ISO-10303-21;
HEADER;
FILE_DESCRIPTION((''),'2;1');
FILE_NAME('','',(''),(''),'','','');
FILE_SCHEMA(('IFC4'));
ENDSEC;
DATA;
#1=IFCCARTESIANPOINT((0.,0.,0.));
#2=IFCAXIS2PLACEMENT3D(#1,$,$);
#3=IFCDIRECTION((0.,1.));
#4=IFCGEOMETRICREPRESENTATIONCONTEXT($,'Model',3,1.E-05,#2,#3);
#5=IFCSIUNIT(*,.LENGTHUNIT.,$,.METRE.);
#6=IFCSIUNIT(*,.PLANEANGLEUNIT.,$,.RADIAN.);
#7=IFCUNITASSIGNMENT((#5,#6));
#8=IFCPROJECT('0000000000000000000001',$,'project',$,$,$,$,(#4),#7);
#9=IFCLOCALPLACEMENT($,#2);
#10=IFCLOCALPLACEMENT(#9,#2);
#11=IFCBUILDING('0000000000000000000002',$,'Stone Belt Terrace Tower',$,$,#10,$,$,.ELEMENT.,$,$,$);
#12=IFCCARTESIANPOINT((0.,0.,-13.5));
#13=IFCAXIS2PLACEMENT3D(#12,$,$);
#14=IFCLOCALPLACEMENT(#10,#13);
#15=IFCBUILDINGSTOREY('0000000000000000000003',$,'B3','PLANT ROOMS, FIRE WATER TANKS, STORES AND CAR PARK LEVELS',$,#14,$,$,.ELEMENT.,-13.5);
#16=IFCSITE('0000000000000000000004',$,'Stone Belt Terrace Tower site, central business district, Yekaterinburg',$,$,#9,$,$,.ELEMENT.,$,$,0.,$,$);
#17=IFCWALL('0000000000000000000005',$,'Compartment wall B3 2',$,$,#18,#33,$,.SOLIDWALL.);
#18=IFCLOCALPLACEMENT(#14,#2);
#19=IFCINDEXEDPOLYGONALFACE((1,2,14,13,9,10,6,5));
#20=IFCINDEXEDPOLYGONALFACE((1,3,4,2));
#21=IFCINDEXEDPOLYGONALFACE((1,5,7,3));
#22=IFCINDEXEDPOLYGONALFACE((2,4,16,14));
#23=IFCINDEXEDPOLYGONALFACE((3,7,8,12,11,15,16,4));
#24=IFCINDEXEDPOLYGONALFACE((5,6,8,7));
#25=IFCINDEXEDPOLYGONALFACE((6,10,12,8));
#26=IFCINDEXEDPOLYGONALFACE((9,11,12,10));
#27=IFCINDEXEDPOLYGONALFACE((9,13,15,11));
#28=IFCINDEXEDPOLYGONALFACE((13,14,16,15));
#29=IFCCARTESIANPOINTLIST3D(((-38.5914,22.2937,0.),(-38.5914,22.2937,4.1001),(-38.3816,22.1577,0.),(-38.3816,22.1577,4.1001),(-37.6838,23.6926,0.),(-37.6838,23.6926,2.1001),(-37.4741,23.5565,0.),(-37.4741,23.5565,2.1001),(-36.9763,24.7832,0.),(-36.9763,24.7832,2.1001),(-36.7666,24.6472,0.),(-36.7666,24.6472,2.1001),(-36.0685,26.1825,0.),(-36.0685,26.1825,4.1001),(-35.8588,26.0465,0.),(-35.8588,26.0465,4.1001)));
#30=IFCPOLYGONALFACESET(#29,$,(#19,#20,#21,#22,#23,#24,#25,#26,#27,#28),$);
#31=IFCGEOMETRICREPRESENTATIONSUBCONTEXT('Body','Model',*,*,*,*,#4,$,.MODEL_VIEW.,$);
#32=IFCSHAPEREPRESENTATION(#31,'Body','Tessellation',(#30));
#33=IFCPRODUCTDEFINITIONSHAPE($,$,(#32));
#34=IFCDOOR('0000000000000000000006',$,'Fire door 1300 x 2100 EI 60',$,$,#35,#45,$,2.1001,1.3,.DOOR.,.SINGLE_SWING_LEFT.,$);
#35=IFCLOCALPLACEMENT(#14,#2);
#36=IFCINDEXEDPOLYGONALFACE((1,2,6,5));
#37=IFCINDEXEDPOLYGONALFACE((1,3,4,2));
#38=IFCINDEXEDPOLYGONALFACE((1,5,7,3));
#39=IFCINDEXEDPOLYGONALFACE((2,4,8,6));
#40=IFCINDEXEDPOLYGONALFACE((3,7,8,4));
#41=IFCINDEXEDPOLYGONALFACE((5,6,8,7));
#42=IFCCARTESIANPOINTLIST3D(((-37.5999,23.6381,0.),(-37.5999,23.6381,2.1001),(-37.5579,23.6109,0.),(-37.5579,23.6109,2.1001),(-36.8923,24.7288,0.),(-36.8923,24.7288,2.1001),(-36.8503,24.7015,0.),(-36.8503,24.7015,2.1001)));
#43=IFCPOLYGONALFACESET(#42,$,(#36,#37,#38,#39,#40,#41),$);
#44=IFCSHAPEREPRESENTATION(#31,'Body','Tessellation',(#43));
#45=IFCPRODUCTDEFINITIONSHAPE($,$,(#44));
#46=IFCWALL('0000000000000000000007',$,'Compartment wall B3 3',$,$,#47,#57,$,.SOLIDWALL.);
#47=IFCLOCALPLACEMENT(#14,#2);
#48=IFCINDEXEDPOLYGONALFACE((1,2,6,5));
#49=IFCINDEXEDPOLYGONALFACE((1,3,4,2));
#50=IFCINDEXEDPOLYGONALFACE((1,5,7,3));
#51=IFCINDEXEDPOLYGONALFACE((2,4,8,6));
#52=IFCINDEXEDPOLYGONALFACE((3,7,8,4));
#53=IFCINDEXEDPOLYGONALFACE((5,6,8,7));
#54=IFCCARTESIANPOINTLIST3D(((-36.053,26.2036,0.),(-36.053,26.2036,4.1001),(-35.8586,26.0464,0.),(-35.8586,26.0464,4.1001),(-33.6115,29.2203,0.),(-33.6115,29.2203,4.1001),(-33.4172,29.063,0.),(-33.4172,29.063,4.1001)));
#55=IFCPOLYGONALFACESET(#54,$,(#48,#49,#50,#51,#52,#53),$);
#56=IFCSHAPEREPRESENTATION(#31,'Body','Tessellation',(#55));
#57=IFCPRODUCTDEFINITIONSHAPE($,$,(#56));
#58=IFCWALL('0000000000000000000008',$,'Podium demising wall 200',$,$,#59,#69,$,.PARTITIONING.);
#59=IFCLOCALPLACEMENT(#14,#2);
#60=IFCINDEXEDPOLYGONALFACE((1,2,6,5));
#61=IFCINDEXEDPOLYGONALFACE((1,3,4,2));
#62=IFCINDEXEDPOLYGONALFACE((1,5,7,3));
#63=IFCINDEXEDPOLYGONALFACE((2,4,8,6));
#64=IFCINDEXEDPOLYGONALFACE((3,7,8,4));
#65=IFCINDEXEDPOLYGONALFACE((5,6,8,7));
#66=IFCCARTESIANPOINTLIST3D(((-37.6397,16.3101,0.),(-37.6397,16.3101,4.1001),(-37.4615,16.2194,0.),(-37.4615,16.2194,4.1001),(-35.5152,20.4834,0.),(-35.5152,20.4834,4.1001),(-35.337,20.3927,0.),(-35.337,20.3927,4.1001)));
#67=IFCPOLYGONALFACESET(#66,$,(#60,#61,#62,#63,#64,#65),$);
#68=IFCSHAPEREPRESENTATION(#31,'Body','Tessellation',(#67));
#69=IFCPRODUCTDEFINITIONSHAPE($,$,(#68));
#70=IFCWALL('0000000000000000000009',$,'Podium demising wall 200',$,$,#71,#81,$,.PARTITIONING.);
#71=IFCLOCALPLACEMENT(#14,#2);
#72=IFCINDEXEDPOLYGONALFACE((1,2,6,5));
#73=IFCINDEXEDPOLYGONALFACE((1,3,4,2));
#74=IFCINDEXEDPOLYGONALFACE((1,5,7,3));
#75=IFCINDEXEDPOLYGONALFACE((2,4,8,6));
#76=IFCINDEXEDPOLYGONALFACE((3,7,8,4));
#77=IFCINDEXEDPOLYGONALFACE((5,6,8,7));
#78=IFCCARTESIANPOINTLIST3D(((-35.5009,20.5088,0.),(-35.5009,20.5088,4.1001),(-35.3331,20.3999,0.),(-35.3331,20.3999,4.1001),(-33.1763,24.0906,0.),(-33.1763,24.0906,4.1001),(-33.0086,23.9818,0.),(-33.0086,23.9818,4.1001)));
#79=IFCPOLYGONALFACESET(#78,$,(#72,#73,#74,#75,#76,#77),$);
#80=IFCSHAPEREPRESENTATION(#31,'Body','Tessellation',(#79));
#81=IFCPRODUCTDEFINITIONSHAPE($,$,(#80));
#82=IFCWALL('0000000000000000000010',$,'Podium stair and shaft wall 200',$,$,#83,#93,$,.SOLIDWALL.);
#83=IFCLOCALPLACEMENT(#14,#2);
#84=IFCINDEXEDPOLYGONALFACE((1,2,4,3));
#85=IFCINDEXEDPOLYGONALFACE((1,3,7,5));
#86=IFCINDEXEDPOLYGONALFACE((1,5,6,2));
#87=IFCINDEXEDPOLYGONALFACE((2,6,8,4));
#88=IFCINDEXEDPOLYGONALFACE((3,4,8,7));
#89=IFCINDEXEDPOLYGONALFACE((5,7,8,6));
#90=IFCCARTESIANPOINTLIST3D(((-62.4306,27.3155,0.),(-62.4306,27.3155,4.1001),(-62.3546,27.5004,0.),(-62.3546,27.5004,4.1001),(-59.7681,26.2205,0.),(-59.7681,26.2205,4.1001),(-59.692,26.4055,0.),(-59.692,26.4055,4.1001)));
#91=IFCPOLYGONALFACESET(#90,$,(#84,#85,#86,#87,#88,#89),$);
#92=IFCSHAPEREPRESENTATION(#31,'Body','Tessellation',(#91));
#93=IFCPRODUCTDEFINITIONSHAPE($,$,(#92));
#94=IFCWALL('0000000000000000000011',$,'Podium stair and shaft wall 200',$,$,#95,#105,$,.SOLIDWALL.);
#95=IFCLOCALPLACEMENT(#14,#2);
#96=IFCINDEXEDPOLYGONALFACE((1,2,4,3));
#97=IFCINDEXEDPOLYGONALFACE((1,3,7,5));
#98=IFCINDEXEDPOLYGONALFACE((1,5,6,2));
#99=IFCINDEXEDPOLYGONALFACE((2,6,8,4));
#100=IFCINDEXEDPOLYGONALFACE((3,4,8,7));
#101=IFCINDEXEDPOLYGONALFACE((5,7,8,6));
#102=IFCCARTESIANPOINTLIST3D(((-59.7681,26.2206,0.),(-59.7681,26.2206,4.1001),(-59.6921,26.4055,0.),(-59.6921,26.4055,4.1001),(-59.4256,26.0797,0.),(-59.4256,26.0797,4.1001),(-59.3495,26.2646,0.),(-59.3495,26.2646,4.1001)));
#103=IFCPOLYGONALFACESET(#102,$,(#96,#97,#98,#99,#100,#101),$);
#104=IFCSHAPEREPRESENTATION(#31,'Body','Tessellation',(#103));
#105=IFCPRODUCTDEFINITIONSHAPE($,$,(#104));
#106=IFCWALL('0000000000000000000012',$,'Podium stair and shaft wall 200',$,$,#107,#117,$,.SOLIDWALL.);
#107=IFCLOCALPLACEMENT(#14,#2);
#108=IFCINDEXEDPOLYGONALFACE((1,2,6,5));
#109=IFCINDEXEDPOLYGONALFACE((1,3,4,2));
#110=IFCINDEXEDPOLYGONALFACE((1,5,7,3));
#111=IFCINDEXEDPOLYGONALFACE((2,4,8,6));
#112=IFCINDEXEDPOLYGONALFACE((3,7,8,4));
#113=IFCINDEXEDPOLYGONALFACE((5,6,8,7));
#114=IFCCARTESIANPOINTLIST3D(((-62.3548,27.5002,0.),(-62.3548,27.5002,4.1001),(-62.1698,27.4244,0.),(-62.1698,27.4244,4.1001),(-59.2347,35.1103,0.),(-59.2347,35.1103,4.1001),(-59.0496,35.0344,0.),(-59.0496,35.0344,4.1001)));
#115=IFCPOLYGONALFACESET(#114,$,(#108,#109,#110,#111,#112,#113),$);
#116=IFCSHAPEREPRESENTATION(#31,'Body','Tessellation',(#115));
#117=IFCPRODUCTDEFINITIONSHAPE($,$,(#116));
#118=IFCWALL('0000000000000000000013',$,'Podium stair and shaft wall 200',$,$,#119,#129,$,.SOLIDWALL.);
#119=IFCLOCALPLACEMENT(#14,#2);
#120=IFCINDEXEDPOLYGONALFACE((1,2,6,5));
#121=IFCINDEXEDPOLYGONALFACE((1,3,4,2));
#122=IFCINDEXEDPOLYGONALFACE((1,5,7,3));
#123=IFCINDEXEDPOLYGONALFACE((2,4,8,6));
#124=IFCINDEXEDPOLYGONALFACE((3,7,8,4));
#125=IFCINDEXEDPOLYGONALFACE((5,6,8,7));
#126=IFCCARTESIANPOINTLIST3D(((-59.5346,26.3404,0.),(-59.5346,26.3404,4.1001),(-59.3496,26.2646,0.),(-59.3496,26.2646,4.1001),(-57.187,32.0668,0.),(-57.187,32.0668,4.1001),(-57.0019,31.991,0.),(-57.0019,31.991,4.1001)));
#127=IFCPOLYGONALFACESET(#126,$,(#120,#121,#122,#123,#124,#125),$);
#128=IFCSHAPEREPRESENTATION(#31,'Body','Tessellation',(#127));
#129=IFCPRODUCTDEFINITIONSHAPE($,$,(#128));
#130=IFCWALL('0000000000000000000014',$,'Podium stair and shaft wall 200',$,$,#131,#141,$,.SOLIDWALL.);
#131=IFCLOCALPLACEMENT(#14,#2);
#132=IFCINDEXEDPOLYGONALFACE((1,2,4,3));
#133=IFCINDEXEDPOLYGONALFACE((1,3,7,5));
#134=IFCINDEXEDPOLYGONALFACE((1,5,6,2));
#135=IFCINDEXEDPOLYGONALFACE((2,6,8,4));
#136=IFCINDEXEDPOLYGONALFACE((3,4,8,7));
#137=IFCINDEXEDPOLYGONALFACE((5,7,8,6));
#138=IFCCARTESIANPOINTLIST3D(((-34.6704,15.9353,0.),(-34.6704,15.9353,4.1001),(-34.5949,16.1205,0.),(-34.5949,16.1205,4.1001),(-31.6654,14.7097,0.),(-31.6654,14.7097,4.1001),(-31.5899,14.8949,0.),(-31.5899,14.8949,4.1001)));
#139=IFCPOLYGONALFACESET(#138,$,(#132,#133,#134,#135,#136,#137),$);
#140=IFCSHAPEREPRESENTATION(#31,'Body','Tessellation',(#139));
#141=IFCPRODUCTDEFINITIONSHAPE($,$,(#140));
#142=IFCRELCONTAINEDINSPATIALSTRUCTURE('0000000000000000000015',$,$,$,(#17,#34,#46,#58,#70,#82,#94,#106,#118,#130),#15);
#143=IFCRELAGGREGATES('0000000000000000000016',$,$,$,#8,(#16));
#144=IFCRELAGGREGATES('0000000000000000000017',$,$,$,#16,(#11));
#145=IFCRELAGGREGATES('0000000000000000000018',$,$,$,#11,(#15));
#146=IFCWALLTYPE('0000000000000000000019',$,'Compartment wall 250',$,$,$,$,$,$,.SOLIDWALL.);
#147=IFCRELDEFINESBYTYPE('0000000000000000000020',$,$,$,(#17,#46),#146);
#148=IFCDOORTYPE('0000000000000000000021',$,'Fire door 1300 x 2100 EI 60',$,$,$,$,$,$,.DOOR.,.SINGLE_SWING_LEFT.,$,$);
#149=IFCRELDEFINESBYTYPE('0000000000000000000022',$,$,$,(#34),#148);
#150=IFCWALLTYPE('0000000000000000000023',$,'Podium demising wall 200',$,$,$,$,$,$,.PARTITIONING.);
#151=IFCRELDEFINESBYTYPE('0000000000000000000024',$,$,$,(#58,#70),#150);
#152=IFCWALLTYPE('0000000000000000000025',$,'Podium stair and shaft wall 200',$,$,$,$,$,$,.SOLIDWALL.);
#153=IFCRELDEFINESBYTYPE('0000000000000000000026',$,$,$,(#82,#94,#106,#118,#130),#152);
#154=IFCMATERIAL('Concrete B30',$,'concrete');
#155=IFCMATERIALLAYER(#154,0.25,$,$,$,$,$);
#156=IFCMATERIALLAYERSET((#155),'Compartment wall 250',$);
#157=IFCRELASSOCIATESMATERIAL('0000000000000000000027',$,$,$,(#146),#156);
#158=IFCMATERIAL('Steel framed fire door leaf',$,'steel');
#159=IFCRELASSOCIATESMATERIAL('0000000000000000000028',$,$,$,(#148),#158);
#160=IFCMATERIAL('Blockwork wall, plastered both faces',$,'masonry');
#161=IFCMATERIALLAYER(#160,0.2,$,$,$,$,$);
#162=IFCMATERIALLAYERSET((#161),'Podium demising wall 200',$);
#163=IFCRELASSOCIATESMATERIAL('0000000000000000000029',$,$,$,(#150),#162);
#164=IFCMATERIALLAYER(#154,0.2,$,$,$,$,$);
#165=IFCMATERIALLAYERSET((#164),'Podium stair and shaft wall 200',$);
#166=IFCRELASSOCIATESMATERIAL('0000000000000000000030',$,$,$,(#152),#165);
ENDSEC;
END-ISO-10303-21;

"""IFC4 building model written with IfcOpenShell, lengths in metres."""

from ifc_helpers import new_model, si_unit, direction, frame, frame_2d, origin, place, context, subcontext, project, spatial, rectangle, extrude, material, layer, layer_set, type_object, element, fill, save


model = new_model("IFC4")

# Units and contexts
model_context = context("Model", 3, precision=1e-05, world=origin(), true_north=direction((0.0, 1.0)))
body_context = subcontext(model_context, "Body", "Model", "MODEL_VIEW")
ifc_project = project(units=[si_unit("LENGTHUNIT", "METRE"), si_unit("PLANEANGLEUNIT", "RADIAN")], contexts=[model_context])

# Site, building, storey
site_placement = place(None, origin())
site = spatial("IfcSite", under=ifc_project, at=site_placement, Name="Stone Belt Terrace Tower site, central business district, Yekaterinburg", CompositionType="ELEMENT", RefElevation=0.0)
building_placement = place(site_placement, origin())
building = spatial("IfcBuilding", under=site, at=building_placement, Name="Stone Belt Terrace Tower", CompositionType="ELEMENT")
storey_placement = place(building_placement, frame((0.0, 0.0, -13.5)))
storey = spatial("IfcBuildingStorey", under=building, at=storey_placement, Name="B3", Description="PLANT ROOMS, FIRE WATER TANKS, STORES AND CAR PARK LEVELS", CompositionType="ELEMENT", Elevation=-13.5)

# Shared definitions
ifc_material_1 = material(Name="Concrete B30", Category="concrete")
ifc_layer_1 = layer(ifc_material_1, 0.25)
ifc_layer_set_1 = layer_set([ifc_layer_1], Name="Compartment wall 250")
wall_type_1 = type_object("IfcWallType", Name="Compartment wall 250", PredefinedType="SOLIDWALL", material=ifc_layer_set_1)

# Wall, opening, door
wall_1_placement = place(storey_placement, frame((-38.4866, 22.2256, 0.0), z_axis=(0.0, 0.0, 1.0), x_axis=(0.544253, 0.838921, 0.0)))
wall_1 = element("IfcWall", 1, at=wall_1_placement, inside=storey, type_object=wall_type_1, Name="Compartment wall B3 2", PredefinedType="SOLIDWALL", context=body_context, shape_type="SweptSolid", body=[
    extrude(rectangle(XDim=4.6355, YDim=0.25, at=frame_2d((2.3179, 0.0))), origin(), (0.0, 0.0, 1.0), 4.1001),
])
opening_placement = place(wall_1_placement, frame((1.6677, 0.0, 0.0)))
opening = element("IfcOpeningElement", 2, at=opening_placement, cuts=wall_1, PredefinedType="OPENING", context=body_context, shape_type="SweptSolid", body=[
    extrude(rectangle(XDim=1.3, YDim=2.1001, at=frame_2d((0.6499, 1.05))), frame((0.0, 0.135, 0.0), z_axis=(0.0, -1.0, 0.0), x_axis=(1.0, 0.0, 0.0)), (0.0, 0.0, 1.0), 0.27),
])
ifc_material_2 = material(Name="Steel framed fire door leaf", Category="steel")
door_type = type_object("IfcDoorType", Name="Fire door 1300 x 2100 EI 60", OperationType="SINGLE_SWING_LEFT", PredefinedType="DOOR", material=ifc_material_2)
door_placement = place(opening_placement, origin())
door = element("IfcDoor", 3, at=door_placement, inside=storey, type_object=door_type, Name="Fire door 1300 x 2100 EI 60", OperationType="SINGLE_SWING_LEFT", OverallHeight=2.1001, OverallWidth=1.3, PredefinedType="DOOR", context=body_context, shape_type="SweptSolid", body=[
    extrude(rectangle(XDim=1.3, YDim=2.1001, at=frame_2d((0.6499, 1.05))), frame((0.0, 0.0249, 0.0), z_axis=(0.0, -1.0, 0.0), x_axis=(1.0, 0.0, 0.0)), (0.0, 0.0, 1.0), 0.05),
])
fill(opening, door)

# Walls
wall_2_placement = place(storey_placement, frame((-35.9558, 26.125, 0.0), z_axis=(0.0, 0.0, 1.0), x_axis=(0.629104, 0.777321, 0.0)))
element("IfcWall", 4, at=wall_2_placement, inside=storey, type_object=wall_type_1, Name="Compartment wall B3 3", PredefinedType="SOLIDWALL", context=body_context, shape_type="SweptSolid", body=[
    extrude(rectangle(XDim=3.8809, YDim=0.25, at=frame_2d((1.9404, 0.0))), origin(), (0.0, 0.0, 1.0), 4.1001),
])
ifc_material_3 = material(Name="Blockwork wall, plastered both faces", Category="masonry")
ifc_layer_2 = layer(ifc_material_3, 0.2)
ifc_layer_set_2 = layer_set([ifc_layer_2], Name="Podium demising wall 200")
wall_type_2 = type_object("IfcWallType", Name="Podium demising wall 200", PredefinedType="PARTITIONING", material=ifc_layer_set_2)
wall_3_placement = place(storey_placement, frame((-37.5505, 16.2649, 0.0), z_axis=(0.0, 0.0, 1.0), x_axis=(0.453666, 0.891172, 0.0)))
element("IfcWall", 5, at=wall_3_placement, inside=storey, type_object=wall_type_2, Name="Podium demising wall 200", PredefinedType="PARTITIONING", context=body_context, shape_type="SweptSolid", body=[
    extrude(rectangle(XDim=4.6829, YDim=0.2, at=frame_2d((2.3413, 0.0))), origin(), (0.0, 0.0, 1.0), 4.1001),
])
wall_4_placement = place(storey_placement, frame((-35.417, 20.4543, 0.0), z_axis=(0.0, 0.0, 1.0), x_axis=(0.544379, 0.838839, 0.0)))
element("IfcWall", 6, at=wall_4_placement, inside=storey, type_object=wall_type_2, Name="Podium demising wall 200", PredefinedType="PARTITIONING", context=body_context, shape_type="SweptSolid", body=[
    extrude(rectangle(XDim=4.27, YDim=0.2, at=frame_2d((2.135, 0.0))), origin(), (0.0, 0.0, 1.0), 4.1001),
])
ifc_layer_3 = layer(ifc_material_1, 0.2)
ifc_layer_set_3 = layer_set([ifc_layer_3], Name="Podium stair and shaft wall 200")
wall_type_3 = type_object("IfcWallType", Name="Podium stair and shaft wall 200", PredefinedType="SOLIDWALL", material=ifc_layer_set_3)
wall_5_placement = place(storey_placement, frame((-62.3926, 27.408, 0.0), z_axis=(0.0, 0.0, 1.0), x_axis=(0.924848, -0.380336, 0.0)))
element("IfcWall", 7, at=wall_5_placement, inside=storey, type_object=wall_type_3, Name="Podium stair and shaft wall 200", PredefinedType="SOLIDWALL", context=body_context, shape_type="SweptSolid", body=[
    extrude(rectangle(XDim=2.8789, YDim=0.2, at=frame_2d((1.4395, 0.0))), origin(), (0.0, 0.0, 1.0), 4.1001),
])
wall_6_placement = place(storey_placement, frame((-59.73, 26.313, 0.0), z_axis=(0.0, 0.0, 1.0), x_axis=(0.924842, -0.380352, 0.0)))
element("IfcWall", 8, at=wall_6_placement, inside=storey, type_object=wall_type_3, Name="Podium stair and shaft wall 200", PredefinedType="SOLIDWALL", context=body_context, shape_type="SweptSolid", body=[
    extrude(rectangle(XDim=0.3704, YDim=0.2, at=frame_2d((0.1851, 0.0))), origin(), (0.0, 0.0, 1.0), 4.1001),
])
wall_7_placement = place(storey_placement, frame((-62.2622, 27.4624, 0.0), z_axis=(0.0, 0.0, 1.0), x_axis=(0.37935, 0.925253, 0.0)))
element("IfcWall", 9, at=wall_7_placement, inside=storey, type_object=wall_type_3, Name="Podium stair and shaft wall 200", PredefinedType="SOLIDWALL", context=body_context, shape_type="SweptSolid", body=[
    extrude(rectangle(XDim=8.2249, YDim=0.2, at=frame_2d((4.1123, 0.0))), origin(), (0.0, 0.0, 1.0), 4.1001),
])
wall_8_placement = place(storey_placement, frame((-59.4421, 26.3025, 0.0), z_axis=(0.0, 0.0, 1.0), x_axis=(0.379335, 0.92526, 0.0)))
element("IfcWall", 10, at=wall_8_placement, inside=storey, type_object=wall_type_3, Name="Podium stair and shaft wall 200", PredefinedType="SOLIDWALL", context=body_context, shape_type="SweptSolid", body=[
    extrude(rectangle(XDim=6.189, YDim=0.2, at=frame_2d((3.0945, 0.0))), origin(), (0.0, 0.0, 1.0), 4.1001),
])
wall_9_placement = place(storey_placement, frame((-34.6326, 16.0278, 0.0), z_axis=(0.0, 0.0, 1.0), x_axis=(0.925955, -0.377634, 0.0)))
element("IfcWall", 11, at=wall_9_placement, inside=storey, type_object=wall_type_3, Name="Podium stair and shaft wall 200", PredefinedType="SOLIDWALL", context=body_context, shape_type="SweptSolid", body=[
    extrude(rectangle(XDim=3.2454, YDim=0.2, at=frame_2d((1.6226, 0.0))), origin(), (0.0, 0.0, 1.0), 4.1001),
])

save(model, "model.ifc")
